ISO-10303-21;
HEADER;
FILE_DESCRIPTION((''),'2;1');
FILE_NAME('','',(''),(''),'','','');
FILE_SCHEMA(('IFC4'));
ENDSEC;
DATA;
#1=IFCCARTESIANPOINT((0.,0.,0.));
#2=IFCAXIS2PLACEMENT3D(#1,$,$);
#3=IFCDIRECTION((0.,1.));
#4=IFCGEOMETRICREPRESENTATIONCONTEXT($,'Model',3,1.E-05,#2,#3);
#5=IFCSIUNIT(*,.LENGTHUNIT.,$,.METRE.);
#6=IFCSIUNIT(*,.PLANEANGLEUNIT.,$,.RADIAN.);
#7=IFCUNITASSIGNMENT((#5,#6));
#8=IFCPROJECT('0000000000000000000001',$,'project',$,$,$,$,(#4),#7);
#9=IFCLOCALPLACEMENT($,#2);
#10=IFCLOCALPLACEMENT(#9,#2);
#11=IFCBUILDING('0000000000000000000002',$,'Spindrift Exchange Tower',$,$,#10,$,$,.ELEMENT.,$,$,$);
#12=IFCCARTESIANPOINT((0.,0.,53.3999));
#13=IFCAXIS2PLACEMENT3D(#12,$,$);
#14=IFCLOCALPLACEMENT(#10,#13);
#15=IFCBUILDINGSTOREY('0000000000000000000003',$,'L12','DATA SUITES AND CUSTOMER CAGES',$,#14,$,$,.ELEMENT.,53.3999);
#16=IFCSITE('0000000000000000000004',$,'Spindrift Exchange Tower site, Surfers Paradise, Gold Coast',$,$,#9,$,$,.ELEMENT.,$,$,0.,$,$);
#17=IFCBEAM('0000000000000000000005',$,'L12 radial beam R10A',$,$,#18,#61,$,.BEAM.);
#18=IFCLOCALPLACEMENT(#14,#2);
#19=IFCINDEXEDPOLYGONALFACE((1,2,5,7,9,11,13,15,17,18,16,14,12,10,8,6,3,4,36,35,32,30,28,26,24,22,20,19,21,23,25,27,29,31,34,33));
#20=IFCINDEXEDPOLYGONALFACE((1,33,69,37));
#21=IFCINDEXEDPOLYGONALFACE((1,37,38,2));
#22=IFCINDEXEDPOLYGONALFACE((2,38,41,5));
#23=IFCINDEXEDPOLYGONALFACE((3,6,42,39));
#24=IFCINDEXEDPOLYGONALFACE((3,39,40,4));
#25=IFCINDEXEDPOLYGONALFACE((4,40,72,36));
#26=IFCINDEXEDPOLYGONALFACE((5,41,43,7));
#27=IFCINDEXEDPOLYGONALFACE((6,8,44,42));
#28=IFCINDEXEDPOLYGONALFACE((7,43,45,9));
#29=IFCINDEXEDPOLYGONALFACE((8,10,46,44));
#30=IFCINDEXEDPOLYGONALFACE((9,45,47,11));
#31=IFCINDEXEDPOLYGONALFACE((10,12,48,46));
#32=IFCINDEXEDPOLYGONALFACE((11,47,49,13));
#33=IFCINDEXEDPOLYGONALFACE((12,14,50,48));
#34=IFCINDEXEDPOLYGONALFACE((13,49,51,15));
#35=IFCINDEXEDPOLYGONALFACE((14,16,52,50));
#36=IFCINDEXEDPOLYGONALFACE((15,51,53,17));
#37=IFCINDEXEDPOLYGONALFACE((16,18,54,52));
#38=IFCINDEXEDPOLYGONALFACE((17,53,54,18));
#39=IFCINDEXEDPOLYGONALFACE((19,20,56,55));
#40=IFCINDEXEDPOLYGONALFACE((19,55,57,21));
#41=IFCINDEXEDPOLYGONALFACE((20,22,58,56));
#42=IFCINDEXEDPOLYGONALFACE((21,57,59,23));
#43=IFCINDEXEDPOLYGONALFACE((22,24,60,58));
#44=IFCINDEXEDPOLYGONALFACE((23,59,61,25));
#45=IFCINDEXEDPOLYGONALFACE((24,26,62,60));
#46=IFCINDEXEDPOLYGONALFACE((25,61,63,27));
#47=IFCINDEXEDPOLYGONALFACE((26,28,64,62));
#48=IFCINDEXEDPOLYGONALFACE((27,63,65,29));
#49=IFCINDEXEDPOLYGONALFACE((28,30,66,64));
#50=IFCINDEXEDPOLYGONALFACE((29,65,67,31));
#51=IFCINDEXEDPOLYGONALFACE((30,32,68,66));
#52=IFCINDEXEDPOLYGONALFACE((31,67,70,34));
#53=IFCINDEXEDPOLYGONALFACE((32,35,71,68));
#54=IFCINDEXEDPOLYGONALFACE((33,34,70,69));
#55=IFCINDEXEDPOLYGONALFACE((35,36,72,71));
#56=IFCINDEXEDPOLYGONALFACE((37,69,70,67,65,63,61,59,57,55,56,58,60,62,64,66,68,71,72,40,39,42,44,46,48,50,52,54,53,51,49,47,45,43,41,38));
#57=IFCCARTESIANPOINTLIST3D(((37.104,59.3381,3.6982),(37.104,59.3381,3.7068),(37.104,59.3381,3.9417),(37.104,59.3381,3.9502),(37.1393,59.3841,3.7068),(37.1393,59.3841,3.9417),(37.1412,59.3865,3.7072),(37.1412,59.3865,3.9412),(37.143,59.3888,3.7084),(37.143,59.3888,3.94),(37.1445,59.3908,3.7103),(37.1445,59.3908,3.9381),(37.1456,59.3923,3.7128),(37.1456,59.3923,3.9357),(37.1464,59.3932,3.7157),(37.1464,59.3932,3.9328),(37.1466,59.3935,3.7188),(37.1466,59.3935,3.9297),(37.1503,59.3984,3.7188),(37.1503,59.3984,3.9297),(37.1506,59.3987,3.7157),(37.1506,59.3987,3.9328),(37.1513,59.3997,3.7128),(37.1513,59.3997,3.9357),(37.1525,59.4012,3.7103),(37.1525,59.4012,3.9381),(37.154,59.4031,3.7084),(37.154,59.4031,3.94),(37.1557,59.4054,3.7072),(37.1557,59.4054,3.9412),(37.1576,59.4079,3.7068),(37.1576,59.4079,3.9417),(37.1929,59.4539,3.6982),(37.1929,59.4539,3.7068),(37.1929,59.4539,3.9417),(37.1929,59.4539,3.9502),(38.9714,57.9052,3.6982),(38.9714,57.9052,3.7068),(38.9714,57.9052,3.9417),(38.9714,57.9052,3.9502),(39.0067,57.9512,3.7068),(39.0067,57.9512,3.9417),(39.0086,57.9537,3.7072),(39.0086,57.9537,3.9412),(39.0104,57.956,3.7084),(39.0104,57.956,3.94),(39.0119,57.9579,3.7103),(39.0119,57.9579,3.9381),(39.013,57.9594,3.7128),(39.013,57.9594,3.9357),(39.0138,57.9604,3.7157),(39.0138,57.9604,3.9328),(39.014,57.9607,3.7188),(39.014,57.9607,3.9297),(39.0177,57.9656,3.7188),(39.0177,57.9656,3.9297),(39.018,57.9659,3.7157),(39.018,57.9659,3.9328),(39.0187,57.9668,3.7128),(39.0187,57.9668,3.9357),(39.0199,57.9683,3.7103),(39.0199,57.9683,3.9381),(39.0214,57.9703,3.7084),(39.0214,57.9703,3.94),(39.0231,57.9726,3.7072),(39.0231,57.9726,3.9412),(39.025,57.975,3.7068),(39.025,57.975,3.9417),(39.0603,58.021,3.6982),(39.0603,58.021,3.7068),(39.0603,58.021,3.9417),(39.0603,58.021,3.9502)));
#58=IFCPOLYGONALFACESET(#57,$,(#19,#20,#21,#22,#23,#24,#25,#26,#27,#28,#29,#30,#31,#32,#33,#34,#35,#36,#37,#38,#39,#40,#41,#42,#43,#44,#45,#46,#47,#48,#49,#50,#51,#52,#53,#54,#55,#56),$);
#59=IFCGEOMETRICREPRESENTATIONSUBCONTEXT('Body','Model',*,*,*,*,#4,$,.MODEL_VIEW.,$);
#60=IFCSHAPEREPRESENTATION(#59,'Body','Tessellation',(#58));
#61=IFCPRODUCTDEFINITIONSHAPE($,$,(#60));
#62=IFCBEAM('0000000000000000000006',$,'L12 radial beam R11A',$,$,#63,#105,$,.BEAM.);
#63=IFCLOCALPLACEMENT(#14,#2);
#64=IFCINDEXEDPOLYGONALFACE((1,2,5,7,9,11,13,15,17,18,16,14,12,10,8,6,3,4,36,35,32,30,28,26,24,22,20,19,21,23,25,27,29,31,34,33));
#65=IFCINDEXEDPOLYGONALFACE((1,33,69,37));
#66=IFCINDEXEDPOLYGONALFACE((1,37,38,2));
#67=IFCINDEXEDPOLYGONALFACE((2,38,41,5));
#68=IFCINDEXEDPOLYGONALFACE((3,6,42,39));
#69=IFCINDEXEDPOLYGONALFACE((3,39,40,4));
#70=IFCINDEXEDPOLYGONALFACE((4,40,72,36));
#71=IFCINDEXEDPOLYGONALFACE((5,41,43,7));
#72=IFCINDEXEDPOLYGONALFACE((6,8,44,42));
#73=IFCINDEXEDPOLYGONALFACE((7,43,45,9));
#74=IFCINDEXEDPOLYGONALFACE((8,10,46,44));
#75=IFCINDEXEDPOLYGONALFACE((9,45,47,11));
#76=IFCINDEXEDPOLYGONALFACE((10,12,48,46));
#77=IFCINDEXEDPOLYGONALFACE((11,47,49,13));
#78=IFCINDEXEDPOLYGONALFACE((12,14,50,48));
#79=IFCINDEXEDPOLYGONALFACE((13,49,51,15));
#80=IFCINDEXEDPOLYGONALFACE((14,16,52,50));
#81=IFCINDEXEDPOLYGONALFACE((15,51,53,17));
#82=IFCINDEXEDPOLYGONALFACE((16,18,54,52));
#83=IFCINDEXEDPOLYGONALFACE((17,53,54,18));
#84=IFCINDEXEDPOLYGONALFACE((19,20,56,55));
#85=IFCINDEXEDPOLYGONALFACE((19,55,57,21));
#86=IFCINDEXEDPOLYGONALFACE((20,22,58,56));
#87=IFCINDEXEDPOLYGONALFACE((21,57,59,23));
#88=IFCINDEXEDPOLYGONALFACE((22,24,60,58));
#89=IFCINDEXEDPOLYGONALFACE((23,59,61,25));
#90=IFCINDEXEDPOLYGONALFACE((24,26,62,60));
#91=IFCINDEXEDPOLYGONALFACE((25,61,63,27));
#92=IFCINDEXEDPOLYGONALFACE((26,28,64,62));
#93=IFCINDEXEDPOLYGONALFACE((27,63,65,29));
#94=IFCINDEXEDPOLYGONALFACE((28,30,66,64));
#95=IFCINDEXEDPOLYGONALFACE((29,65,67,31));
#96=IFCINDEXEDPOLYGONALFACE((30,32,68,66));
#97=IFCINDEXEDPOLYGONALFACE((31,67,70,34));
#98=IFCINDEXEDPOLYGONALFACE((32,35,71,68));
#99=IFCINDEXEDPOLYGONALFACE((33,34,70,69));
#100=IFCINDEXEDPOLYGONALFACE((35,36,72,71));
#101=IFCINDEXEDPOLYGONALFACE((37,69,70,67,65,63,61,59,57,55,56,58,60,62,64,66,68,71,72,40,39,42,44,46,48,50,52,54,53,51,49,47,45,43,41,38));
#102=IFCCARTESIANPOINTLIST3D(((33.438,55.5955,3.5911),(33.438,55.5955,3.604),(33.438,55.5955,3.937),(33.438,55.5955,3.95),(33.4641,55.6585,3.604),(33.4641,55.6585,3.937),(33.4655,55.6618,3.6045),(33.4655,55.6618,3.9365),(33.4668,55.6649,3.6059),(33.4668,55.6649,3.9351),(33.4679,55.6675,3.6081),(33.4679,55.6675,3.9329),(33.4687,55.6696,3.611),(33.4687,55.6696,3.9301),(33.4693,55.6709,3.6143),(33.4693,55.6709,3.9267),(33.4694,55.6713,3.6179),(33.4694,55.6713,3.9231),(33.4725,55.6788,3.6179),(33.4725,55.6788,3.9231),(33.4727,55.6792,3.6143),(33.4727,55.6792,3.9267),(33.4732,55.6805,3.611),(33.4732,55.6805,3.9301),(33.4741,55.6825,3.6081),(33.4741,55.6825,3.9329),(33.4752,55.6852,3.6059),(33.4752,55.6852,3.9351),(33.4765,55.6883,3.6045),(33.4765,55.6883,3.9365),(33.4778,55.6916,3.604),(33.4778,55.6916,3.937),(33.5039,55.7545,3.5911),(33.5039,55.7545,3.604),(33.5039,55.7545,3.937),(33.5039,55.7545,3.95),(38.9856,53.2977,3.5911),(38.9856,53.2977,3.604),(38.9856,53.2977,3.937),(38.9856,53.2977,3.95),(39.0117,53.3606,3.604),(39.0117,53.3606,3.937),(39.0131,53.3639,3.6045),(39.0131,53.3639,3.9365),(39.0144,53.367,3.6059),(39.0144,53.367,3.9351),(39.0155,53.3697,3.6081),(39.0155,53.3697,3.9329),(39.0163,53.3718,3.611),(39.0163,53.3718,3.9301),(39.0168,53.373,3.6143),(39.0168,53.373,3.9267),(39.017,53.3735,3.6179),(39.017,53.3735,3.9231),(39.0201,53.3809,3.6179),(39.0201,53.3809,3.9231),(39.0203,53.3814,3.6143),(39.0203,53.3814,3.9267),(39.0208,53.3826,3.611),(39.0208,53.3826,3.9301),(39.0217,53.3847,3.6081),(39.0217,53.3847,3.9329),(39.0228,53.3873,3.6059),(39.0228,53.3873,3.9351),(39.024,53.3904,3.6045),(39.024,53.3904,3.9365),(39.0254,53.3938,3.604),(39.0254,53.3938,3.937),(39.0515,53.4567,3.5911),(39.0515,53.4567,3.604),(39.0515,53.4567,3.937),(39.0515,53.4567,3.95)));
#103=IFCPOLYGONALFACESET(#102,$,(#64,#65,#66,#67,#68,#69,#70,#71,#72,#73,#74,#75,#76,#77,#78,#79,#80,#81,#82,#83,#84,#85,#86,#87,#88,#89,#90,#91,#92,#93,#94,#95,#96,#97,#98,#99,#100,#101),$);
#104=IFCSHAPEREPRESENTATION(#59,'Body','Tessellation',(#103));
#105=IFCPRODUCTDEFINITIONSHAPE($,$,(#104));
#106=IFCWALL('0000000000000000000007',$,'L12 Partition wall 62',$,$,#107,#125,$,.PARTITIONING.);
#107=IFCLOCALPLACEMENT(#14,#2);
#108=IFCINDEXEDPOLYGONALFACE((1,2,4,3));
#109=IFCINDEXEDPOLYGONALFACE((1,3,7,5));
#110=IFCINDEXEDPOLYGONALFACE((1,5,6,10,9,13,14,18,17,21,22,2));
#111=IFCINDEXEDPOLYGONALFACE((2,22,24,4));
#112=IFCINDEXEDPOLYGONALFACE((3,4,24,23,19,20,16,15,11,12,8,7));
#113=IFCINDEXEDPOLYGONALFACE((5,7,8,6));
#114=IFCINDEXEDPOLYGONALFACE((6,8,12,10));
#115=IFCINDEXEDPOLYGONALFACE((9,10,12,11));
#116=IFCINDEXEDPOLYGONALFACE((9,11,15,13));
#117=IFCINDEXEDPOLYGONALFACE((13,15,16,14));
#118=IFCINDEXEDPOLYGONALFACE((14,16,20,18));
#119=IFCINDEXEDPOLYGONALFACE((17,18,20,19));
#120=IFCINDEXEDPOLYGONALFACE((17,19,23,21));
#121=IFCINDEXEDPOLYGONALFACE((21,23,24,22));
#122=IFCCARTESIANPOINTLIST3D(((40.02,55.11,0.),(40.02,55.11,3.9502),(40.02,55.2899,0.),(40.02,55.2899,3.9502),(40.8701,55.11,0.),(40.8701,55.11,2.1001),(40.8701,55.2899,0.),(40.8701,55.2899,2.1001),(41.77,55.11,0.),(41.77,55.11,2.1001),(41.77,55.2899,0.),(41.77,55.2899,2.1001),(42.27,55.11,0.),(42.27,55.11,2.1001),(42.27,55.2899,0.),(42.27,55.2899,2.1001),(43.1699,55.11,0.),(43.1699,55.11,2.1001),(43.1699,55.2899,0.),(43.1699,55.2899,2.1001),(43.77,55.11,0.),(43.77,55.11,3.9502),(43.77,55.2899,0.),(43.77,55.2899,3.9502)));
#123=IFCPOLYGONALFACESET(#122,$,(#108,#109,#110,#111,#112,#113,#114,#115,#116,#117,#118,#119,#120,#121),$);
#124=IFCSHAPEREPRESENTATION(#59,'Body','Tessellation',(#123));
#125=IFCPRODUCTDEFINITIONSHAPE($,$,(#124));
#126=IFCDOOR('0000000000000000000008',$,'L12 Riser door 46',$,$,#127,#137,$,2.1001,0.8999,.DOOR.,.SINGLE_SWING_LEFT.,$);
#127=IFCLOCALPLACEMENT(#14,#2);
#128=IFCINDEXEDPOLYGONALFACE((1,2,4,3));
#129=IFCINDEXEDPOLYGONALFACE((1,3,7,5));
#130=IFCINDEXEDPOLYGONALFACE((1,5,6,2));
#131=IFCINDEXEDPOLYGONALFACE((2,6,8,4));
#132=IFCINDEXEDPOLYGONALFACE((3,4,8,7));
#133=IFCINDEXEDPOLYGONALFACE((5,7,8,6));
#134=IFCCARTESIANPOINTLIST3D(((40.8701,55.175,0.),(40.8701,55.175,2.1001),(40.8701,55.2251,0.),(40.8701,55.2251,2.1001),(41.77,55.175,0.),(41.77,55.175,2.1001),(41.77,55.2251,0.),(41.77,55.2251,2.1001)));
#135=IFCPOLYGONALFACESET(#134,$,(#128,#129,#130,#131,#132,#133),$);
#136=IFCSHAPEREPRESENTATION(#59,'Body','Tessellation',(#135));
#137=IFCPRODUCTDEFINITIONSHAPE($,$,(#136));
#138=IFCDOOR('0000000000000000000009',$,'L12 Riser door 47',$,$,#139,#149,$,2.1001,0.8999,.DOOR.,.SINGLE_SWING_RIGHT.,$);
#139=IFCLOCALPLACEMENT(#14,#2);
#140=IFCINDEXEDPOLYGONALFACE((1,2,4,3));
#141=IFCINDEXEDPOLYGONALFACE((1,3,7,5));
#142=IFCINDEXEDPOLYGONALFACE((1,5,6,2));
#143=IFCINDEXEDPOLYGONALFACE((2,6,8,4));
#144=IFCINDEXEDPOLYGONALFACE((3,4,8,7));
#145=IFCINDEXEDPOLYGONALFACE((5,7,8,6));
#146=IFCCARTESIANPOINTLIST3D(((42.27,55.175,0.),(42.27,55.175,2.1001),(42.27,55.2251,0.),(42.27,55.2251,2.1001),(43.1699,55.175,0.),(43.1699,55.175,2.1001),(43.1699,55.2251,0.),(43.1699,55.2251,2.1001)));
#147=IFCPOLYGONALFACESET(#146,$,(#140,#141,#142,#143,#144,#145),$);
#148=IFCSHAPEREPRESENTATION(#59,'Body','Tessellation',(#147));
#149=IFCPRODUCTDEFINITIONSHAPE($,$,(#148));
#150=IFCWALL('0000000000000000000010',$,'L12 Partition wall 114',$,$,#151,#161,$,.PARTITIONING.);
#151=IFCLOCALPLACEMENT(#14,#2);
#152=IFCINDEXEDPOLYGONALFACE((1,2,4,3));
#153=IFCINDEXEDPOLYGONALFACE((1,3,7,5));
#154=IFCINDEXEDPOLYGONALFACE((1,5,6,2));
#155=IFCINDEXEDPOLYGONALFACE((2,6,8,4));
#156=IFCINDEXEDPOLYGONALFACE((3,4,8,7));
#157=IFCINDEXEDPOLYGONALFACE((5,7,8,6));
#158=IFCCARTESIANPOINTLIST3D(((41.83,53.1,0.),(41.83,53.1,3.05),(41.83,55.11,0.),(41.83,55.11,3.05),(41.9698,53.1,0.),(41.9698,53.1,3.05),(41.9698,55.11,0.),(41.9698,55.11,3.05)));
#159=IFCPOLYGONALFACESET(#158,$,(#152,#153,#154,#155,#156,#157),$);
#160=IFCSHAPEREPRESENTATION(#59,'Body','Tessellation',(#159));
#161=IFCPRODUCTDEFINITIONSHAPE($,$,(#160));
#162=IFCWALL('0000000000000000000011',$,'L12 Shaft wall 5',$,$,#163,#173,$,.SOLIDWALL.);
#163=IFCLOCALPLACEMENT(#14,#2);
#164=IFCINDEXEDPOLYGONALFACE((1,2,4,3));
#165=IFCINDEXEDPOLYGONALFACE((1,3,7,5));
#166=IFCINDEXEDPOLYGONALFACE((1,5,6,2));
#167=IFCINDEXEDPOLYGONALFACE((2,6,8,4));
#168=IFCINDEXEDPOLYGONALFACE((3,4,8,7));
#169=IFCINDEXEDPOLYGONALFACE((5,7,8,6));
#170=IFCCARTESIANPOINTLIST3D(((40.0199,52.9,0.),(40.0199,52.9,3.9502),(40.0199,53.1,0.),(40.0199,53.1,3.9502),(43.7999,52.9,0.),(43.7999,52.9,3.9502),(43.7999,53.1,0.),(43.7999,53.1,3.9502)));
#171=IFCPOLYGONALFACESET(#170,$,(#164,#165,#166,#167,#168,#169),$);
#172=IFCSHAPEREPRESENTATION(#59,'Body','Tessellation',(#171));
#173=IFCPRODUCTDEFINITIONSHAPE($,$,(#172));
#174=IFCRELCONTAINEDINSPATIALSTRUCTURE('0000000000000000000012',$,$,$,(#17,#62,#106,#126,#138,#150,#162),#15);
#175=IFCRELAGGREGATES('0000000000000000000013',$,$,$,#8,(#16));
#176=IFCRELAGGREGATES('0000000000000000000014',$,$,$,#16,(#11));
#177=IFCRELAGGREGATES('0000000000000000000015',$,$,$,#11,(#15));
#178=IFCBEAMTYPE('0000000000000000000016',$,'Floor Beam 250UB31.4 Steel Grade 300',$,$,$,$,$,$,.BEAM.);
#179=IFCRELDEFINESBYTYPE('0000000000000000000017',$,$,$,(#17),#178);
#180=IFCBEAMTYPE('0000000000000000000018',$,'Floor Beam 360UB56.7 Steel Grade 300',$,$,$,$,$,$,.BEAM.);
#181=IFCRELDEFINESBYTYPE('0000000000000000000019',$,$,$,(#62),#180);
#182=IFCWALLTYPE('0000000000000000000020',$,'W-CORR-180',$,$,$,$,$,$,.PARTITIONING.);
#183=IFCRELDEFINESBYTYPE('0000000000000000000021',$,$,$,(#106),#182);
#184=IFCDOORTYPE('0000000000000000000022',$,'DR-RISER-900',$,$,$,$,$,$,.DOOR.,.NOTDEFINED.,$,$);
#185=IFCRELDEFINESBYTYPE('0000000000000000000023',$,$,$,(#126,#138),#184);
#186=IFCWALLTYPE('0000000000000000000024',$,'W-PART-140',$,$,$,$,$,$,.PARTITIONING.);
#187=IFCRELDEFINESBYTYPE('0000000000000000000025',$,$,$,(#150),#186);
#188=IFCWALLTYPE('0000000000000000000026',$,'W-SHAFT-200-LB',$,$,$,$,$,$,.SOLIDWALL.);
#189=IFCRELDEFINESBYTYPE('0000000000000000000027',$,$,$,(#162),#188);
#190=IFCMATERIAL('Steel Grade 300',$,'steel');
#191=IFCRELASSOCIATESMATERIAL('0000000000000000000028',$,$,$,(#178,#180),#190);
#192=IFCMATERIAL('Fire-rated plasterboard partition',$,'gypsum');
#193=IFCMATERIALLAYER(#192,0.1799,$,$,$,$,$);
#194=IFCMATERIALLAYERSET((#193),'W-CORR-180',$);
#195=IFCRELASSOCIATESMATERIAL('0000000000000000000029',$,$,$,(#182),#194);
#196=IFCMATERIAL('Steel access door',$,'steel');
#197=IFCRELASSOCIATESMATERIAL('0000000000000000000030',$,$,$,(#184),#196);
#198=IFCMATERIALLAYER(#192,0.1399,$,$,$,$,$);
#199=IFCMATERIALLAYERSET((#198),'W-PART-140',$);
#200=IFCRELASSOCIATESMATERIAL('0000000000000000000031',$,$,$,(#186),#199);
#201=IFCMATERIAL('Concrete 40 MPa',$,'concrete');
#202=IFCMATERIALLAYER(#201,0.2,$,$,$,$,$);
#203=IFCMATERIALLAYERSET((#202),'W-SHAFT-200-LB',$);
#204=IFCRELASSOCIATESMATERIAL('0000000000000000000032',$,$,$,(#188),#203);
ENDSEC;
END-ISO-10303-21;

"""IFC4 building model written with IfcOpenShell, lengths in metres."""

from ifc_helpers import new_model, si_unit, direction, frame, frame_2d, origin, origin_2d, place, context, subcontext, project, spatial, rectangle, i_section, extrude, source, transform, mapped, material, layer, layer_set, material_profile, profile_set, type_object, element, fill, save


model = new_model("IFC4")

# Units and contexts
model_context = context("Model", 3, precision=1e-05, world=origin(), true_north=direction((0.0, 1.0)))
body_context = subcontext(model_context, "Body", "Model", "MODEL_VIEW")
ifc_project = project(units=[si_unit("LENGTHUNIT", "METRE"), si_unit("PLANEANGLEUNIT", "RADIAN")], contexts=[model_context])

# Site, building, storey
site_placement = place(None, origin())
site = spatial("IfcSite", under=ifc_project, at=site_placement, Name="Spindrift Exchange Tower site, Surfers Paradise, Gold Coast", CompositionType="ELEMENT", RefElevation=0.0)
building_placement = place(site_placement, origin())
building = spatial("IfcBuilding", under=site, at=building_placement, Name="Spindrift Exchange Tower", CompositionType="ELEMENT")
storey_placement = place(building_placement, frame((0.0, 0.0, 53.3999)))
storey = spatial("IfcBuildingStorey", under=building, at=storey_placement, Name="L12", Description="DATA SUITES AND CUSTOMER CAGES", CompositionType="ELEMENT", Elevation=53.3999)

# Beams
ifc_material_1 = material(Name="Steel Grade 300", Category="steel")
ifc_material_profile_1 = material_profile(ifc_material_1, i_section(OverallWidth=0.146, OverallDepth=0.252, WebThickness=0.0061, FlangeThickness=0.0085, FilletRadius=0.012, at=origin_2d()), Name="250UB31.4")
ifc_profile_set_1 = profile_set([ifc_material_profile_1], Name="Steel Grade 300")
beam_type_1 = type_object("IfcBeamType", Name="Floor Beam 250UB31.4 Steel Grade 300", PredefinedType="BEAM", material=ifc_profile_set_1)
shared_shape_1 = source(origin(), body_context, "Body", "SweptSolid", [
    extrude(i_section(OverallWidth=0.146, OverallDepth=0.252, WebThickness=0.0061, FlangeThickness=0.0085, FilletRadius=0.012, at=origin_2d()), origin(), (0.0, 0.0, 1.0), 2.3538),
])
beam_1_placement = place(storey_placement, frame((39.0159, 57.9631, 3.8242), z_axis=(-0.793368, 0.608743, 0.0), x_axis=(-0.608743, -0.793368, 0.0)))
element("IfcBeam", 1, at=beam_1_placement, inside=storey, type_object=beam_type_1, Name="L12 radial beam R10A", PredefinedType="BEAM", context=body_context, shape_type="MappedRepresentation", body=[
    mapped(shared_shape_1, transform((0.0, 0.0, 0.0), scale=1.0)),
])
ifc_material_profile_2 = material_profile(ifc_material_1, i_section(OverallWidth=0.1721, OverallDepth=0.3589, WebThickness=0.0081, FlangeThickness=0.0129, FilletRadius=0.0139, at=origin_2d()), Name="360UB56.7")
ifc_profile_set_2 = profile_set([ifc_material_profile_2], Name="Steel Grade 300")
beam_type_2 = type_object("IfcBeamType", Name="Floor Beam 360UB56.7 Steel Grade 300", PredefinedType="BEAM", material=ifc_profile_set_2)
shared_shape_2 = source(origin(), body_context, "Body", "SweptSolid", [
    extrude(i_section(OverallWidth=0.1721, OverallDepth=0.3589, WebThickness=0.0081, FlangeThickness=0.0129, FilletRadius=0.0139, at=origin_2d()), origin(), (0.0, 0.0, 1.0), 6.0046),
])
beam_2_placement = place(storey_placement, frame((39.0186, 53.3772, 3.7705), z_axis=(-0.923882, 0.382677, 0.0), x_axis=(-0.382677, -0.923882, 0.0)))
element("IfcBeam", 2, at=beam_2_placement, inside=storey, type_object=beam_type_2, Name="L12 radial beam R11A", PredefinedType="BEAM", context=body_context, shape_type="MappedRepresentation", body=[
    mapped(shared_shape_2, transform((0.0, 0.0, 0.0), scale=1.0)),
])

# Wall, openings, doors
ifc_material_2 = material(Name="Fire-rated plasterboard partition", Category="gypsum")
ifc_layer_1 = layer(ifc_material_2, 0.1799)
ifc_layer_set_1 = layer_set([ifc_layer_1], Name="W-CORR-180")
wall_type_1 = type_object("IfcWallType", Name="W-CORR-180", PredefinedType="PARTITIONING", material=ifc_layer_set_1)
wall_1_placement = place(storey_placement, frame((43.77, 55.2, 0.0), z_axis=(0.0, 0.0, 1.0), x_axis=(-1.0, 0.0, 0.0)))
wall_1 = element("IfcWall", 3, at=wall_1_placement, inside=storey, type_object=wall_type_1, Name="L12 Partition wall 62", PredefinedType="PARTITIONING", context=body_context, shape_type="SweptSolid", body=[
    extrude(rectangle(XDim=3.75, YDim=0.1799, at=frame_2d((1.875, 0.0))), origin(), (0.0, 0.0, 1.0), 3.9502),
])
opening_1_placement = place(wall_1_placement, frame((2.0, 0.0, 0.0)))
opening_1 = element("IfcOpeningElement", 4, at=opening_1_placement, cuts=wall_1, PredefinedType="OPENING", context=body_context, shape_type="SweptSolid", body=[
    extrude(rectangle(XDim=0.8999, YDim=2.1001, at=frame_2d((0.45, 1.05))), frame((0.0, 0.0999, 0.0), z_axis=(0.0, -1.0, 0.0), x_axis=(1.0, 0.0, 0.0)), (0.0, 0.0, 1.0), 0.2),
])
opening_2_placement = place(wall_1_placement, frame((0.6001, 0.0, 0.0)))
opening_2 = element("IfcOpeningElement", 5, at=opening_2_placement, cuts=wall_1, PredefinedType="OPENING", context=body_context, shape_type="SweptSolid", body=[
    extrude(rectangle(XDim=0.8999, YDim=2.1001, at=frame_2d((0.45, 1.05))), frame((0.0, 0.0999, 0.0), z_axis=(0.0, -1.0, 0.0), x_axis=(1.0, 0.0, 0.0)), (0.0, 0.0, 1.0), 0.2),
])
ifc_material_3 = material(Name="Steel access door", Category="steel")
door_type = type_object("IfcDoorType", Name="DR-RISER-900", OperationType="NOTDEFINED", PredefinedType="DOOR", material=ifc_material_3)
shared_shape_3 = source(origin(), body_context, "Body", "SweptSolid", [
    extrude(rectangle(XDim=0.8999, YDim=2.1001, at=frame_2d((0.45, 1.05))), frame((0.0, 0.0249, 0.0), z_axis=(0.0, -1.0, 0.0), x_axis=(1.0, 0.0, 0.0)), (0.0, 0.0, 1.0), 0.05),
])
door_1_placement = place(opening_1_placement, origin())
door_1 = element("IfcDoor", 6, at=door_1_placement, inside=storey, type_object=door_type, Name="L12 Riser door 46", OperationType="SINGLE_SWING_LEFT", OverallHeight=2.1001, OverallWidth=0.8999, PredefinedType="DOOR", context=body_context, shape_type="MappedRepresentation", body=[
    mapped(shared_shape_3, transform((0.0, 0.0, 0.0), scale=1.0)),
])
fill(opening_1, door_1)
door_2_placement = place(opening_2_placement, origin())
door_2 = element("IfcDoor", 7, at=door_2_placement, inside=storey, type_object=door_type, Name="L12 Riser door 47", OperationType="SINGLE_SWING_RIGHT", OverallHeight=2.1001, OverallWidth=0.8999, PredefinedType="DOOR", context=body_context, shape_type="MappedRepresentation", body=[
    mapped(shared_shape_3, transform((0.0, 0.0, 0.0), scale=1.0)),
])
fill(opening_2, door_2)

# Walls
ifc_layer_2 = layer(ifc_material_2, 0.1399)
ifc_layer_set_2 = layer_set([ifc_layer_2], Name="W-PART-140")
wall_type_2 = type_object("IfcWallType", Name="W-PART-140", PredefinedType="PARTITIONING", material=ifc_layer_set_2)
wall_2_placement = place(storey_placement, frame((41.8999, 53.1001, 0.0), z_axis=(0.0, 0.0, 1.0), x_axis=(0.0, 1.0, 0.0)))
element("IfcWall", 8, at=wall_2_placement, inside=storey, type_object=wall_type_2, Name="L12 Partition wall 114", PredefinedType="PARTITIONING", context=body_context, shape_type="SweptSolid", body=[
    extrude(rectangle(XDim=2.01, YDim=0.1399, at=frame_2d((1.0049, 0.0))), origin(), (0.0, 0.0, 1.0), 3.05),
])
ifc_material_4 = material(Name="Concrete 40 MPa", Category="concrete")
ifc_layer_3 = layer(ifc_material_4, 0.2)
ifc_layer_set_3 = layer_set([ifc_layer_3], Name="W-SHAFT-200-LB")
wall_type_3 = type_object("IfcWallType", Name="W-SHAFT-200-LB", PredefinedType="SOLIDWALL", material=ifc_layer_set_3)
wall_3_placement = place(storey_placement, frame((43.8, 53.0, 0.0), z_axis=(0.0, 0.0, 1.0), x_axis=(-1.0, 0.0, 0.0)))
element("IfcWall", 9, at=wall_3_placement, inside=storey, type_object=wall_type_3, Name="L12 Shaft wall 5", PredefinedType="SOLIDWALL", context=body_context, shape_type="SweptSolid", body=[
    extrude(rectangle(XDim=3.78, YDim=0.2, at=frame_2d((1.8901, 0.0))), origin(), (0.0, 0.0, 1.0), 3.9502),
])

save(model, "model.ifc")
